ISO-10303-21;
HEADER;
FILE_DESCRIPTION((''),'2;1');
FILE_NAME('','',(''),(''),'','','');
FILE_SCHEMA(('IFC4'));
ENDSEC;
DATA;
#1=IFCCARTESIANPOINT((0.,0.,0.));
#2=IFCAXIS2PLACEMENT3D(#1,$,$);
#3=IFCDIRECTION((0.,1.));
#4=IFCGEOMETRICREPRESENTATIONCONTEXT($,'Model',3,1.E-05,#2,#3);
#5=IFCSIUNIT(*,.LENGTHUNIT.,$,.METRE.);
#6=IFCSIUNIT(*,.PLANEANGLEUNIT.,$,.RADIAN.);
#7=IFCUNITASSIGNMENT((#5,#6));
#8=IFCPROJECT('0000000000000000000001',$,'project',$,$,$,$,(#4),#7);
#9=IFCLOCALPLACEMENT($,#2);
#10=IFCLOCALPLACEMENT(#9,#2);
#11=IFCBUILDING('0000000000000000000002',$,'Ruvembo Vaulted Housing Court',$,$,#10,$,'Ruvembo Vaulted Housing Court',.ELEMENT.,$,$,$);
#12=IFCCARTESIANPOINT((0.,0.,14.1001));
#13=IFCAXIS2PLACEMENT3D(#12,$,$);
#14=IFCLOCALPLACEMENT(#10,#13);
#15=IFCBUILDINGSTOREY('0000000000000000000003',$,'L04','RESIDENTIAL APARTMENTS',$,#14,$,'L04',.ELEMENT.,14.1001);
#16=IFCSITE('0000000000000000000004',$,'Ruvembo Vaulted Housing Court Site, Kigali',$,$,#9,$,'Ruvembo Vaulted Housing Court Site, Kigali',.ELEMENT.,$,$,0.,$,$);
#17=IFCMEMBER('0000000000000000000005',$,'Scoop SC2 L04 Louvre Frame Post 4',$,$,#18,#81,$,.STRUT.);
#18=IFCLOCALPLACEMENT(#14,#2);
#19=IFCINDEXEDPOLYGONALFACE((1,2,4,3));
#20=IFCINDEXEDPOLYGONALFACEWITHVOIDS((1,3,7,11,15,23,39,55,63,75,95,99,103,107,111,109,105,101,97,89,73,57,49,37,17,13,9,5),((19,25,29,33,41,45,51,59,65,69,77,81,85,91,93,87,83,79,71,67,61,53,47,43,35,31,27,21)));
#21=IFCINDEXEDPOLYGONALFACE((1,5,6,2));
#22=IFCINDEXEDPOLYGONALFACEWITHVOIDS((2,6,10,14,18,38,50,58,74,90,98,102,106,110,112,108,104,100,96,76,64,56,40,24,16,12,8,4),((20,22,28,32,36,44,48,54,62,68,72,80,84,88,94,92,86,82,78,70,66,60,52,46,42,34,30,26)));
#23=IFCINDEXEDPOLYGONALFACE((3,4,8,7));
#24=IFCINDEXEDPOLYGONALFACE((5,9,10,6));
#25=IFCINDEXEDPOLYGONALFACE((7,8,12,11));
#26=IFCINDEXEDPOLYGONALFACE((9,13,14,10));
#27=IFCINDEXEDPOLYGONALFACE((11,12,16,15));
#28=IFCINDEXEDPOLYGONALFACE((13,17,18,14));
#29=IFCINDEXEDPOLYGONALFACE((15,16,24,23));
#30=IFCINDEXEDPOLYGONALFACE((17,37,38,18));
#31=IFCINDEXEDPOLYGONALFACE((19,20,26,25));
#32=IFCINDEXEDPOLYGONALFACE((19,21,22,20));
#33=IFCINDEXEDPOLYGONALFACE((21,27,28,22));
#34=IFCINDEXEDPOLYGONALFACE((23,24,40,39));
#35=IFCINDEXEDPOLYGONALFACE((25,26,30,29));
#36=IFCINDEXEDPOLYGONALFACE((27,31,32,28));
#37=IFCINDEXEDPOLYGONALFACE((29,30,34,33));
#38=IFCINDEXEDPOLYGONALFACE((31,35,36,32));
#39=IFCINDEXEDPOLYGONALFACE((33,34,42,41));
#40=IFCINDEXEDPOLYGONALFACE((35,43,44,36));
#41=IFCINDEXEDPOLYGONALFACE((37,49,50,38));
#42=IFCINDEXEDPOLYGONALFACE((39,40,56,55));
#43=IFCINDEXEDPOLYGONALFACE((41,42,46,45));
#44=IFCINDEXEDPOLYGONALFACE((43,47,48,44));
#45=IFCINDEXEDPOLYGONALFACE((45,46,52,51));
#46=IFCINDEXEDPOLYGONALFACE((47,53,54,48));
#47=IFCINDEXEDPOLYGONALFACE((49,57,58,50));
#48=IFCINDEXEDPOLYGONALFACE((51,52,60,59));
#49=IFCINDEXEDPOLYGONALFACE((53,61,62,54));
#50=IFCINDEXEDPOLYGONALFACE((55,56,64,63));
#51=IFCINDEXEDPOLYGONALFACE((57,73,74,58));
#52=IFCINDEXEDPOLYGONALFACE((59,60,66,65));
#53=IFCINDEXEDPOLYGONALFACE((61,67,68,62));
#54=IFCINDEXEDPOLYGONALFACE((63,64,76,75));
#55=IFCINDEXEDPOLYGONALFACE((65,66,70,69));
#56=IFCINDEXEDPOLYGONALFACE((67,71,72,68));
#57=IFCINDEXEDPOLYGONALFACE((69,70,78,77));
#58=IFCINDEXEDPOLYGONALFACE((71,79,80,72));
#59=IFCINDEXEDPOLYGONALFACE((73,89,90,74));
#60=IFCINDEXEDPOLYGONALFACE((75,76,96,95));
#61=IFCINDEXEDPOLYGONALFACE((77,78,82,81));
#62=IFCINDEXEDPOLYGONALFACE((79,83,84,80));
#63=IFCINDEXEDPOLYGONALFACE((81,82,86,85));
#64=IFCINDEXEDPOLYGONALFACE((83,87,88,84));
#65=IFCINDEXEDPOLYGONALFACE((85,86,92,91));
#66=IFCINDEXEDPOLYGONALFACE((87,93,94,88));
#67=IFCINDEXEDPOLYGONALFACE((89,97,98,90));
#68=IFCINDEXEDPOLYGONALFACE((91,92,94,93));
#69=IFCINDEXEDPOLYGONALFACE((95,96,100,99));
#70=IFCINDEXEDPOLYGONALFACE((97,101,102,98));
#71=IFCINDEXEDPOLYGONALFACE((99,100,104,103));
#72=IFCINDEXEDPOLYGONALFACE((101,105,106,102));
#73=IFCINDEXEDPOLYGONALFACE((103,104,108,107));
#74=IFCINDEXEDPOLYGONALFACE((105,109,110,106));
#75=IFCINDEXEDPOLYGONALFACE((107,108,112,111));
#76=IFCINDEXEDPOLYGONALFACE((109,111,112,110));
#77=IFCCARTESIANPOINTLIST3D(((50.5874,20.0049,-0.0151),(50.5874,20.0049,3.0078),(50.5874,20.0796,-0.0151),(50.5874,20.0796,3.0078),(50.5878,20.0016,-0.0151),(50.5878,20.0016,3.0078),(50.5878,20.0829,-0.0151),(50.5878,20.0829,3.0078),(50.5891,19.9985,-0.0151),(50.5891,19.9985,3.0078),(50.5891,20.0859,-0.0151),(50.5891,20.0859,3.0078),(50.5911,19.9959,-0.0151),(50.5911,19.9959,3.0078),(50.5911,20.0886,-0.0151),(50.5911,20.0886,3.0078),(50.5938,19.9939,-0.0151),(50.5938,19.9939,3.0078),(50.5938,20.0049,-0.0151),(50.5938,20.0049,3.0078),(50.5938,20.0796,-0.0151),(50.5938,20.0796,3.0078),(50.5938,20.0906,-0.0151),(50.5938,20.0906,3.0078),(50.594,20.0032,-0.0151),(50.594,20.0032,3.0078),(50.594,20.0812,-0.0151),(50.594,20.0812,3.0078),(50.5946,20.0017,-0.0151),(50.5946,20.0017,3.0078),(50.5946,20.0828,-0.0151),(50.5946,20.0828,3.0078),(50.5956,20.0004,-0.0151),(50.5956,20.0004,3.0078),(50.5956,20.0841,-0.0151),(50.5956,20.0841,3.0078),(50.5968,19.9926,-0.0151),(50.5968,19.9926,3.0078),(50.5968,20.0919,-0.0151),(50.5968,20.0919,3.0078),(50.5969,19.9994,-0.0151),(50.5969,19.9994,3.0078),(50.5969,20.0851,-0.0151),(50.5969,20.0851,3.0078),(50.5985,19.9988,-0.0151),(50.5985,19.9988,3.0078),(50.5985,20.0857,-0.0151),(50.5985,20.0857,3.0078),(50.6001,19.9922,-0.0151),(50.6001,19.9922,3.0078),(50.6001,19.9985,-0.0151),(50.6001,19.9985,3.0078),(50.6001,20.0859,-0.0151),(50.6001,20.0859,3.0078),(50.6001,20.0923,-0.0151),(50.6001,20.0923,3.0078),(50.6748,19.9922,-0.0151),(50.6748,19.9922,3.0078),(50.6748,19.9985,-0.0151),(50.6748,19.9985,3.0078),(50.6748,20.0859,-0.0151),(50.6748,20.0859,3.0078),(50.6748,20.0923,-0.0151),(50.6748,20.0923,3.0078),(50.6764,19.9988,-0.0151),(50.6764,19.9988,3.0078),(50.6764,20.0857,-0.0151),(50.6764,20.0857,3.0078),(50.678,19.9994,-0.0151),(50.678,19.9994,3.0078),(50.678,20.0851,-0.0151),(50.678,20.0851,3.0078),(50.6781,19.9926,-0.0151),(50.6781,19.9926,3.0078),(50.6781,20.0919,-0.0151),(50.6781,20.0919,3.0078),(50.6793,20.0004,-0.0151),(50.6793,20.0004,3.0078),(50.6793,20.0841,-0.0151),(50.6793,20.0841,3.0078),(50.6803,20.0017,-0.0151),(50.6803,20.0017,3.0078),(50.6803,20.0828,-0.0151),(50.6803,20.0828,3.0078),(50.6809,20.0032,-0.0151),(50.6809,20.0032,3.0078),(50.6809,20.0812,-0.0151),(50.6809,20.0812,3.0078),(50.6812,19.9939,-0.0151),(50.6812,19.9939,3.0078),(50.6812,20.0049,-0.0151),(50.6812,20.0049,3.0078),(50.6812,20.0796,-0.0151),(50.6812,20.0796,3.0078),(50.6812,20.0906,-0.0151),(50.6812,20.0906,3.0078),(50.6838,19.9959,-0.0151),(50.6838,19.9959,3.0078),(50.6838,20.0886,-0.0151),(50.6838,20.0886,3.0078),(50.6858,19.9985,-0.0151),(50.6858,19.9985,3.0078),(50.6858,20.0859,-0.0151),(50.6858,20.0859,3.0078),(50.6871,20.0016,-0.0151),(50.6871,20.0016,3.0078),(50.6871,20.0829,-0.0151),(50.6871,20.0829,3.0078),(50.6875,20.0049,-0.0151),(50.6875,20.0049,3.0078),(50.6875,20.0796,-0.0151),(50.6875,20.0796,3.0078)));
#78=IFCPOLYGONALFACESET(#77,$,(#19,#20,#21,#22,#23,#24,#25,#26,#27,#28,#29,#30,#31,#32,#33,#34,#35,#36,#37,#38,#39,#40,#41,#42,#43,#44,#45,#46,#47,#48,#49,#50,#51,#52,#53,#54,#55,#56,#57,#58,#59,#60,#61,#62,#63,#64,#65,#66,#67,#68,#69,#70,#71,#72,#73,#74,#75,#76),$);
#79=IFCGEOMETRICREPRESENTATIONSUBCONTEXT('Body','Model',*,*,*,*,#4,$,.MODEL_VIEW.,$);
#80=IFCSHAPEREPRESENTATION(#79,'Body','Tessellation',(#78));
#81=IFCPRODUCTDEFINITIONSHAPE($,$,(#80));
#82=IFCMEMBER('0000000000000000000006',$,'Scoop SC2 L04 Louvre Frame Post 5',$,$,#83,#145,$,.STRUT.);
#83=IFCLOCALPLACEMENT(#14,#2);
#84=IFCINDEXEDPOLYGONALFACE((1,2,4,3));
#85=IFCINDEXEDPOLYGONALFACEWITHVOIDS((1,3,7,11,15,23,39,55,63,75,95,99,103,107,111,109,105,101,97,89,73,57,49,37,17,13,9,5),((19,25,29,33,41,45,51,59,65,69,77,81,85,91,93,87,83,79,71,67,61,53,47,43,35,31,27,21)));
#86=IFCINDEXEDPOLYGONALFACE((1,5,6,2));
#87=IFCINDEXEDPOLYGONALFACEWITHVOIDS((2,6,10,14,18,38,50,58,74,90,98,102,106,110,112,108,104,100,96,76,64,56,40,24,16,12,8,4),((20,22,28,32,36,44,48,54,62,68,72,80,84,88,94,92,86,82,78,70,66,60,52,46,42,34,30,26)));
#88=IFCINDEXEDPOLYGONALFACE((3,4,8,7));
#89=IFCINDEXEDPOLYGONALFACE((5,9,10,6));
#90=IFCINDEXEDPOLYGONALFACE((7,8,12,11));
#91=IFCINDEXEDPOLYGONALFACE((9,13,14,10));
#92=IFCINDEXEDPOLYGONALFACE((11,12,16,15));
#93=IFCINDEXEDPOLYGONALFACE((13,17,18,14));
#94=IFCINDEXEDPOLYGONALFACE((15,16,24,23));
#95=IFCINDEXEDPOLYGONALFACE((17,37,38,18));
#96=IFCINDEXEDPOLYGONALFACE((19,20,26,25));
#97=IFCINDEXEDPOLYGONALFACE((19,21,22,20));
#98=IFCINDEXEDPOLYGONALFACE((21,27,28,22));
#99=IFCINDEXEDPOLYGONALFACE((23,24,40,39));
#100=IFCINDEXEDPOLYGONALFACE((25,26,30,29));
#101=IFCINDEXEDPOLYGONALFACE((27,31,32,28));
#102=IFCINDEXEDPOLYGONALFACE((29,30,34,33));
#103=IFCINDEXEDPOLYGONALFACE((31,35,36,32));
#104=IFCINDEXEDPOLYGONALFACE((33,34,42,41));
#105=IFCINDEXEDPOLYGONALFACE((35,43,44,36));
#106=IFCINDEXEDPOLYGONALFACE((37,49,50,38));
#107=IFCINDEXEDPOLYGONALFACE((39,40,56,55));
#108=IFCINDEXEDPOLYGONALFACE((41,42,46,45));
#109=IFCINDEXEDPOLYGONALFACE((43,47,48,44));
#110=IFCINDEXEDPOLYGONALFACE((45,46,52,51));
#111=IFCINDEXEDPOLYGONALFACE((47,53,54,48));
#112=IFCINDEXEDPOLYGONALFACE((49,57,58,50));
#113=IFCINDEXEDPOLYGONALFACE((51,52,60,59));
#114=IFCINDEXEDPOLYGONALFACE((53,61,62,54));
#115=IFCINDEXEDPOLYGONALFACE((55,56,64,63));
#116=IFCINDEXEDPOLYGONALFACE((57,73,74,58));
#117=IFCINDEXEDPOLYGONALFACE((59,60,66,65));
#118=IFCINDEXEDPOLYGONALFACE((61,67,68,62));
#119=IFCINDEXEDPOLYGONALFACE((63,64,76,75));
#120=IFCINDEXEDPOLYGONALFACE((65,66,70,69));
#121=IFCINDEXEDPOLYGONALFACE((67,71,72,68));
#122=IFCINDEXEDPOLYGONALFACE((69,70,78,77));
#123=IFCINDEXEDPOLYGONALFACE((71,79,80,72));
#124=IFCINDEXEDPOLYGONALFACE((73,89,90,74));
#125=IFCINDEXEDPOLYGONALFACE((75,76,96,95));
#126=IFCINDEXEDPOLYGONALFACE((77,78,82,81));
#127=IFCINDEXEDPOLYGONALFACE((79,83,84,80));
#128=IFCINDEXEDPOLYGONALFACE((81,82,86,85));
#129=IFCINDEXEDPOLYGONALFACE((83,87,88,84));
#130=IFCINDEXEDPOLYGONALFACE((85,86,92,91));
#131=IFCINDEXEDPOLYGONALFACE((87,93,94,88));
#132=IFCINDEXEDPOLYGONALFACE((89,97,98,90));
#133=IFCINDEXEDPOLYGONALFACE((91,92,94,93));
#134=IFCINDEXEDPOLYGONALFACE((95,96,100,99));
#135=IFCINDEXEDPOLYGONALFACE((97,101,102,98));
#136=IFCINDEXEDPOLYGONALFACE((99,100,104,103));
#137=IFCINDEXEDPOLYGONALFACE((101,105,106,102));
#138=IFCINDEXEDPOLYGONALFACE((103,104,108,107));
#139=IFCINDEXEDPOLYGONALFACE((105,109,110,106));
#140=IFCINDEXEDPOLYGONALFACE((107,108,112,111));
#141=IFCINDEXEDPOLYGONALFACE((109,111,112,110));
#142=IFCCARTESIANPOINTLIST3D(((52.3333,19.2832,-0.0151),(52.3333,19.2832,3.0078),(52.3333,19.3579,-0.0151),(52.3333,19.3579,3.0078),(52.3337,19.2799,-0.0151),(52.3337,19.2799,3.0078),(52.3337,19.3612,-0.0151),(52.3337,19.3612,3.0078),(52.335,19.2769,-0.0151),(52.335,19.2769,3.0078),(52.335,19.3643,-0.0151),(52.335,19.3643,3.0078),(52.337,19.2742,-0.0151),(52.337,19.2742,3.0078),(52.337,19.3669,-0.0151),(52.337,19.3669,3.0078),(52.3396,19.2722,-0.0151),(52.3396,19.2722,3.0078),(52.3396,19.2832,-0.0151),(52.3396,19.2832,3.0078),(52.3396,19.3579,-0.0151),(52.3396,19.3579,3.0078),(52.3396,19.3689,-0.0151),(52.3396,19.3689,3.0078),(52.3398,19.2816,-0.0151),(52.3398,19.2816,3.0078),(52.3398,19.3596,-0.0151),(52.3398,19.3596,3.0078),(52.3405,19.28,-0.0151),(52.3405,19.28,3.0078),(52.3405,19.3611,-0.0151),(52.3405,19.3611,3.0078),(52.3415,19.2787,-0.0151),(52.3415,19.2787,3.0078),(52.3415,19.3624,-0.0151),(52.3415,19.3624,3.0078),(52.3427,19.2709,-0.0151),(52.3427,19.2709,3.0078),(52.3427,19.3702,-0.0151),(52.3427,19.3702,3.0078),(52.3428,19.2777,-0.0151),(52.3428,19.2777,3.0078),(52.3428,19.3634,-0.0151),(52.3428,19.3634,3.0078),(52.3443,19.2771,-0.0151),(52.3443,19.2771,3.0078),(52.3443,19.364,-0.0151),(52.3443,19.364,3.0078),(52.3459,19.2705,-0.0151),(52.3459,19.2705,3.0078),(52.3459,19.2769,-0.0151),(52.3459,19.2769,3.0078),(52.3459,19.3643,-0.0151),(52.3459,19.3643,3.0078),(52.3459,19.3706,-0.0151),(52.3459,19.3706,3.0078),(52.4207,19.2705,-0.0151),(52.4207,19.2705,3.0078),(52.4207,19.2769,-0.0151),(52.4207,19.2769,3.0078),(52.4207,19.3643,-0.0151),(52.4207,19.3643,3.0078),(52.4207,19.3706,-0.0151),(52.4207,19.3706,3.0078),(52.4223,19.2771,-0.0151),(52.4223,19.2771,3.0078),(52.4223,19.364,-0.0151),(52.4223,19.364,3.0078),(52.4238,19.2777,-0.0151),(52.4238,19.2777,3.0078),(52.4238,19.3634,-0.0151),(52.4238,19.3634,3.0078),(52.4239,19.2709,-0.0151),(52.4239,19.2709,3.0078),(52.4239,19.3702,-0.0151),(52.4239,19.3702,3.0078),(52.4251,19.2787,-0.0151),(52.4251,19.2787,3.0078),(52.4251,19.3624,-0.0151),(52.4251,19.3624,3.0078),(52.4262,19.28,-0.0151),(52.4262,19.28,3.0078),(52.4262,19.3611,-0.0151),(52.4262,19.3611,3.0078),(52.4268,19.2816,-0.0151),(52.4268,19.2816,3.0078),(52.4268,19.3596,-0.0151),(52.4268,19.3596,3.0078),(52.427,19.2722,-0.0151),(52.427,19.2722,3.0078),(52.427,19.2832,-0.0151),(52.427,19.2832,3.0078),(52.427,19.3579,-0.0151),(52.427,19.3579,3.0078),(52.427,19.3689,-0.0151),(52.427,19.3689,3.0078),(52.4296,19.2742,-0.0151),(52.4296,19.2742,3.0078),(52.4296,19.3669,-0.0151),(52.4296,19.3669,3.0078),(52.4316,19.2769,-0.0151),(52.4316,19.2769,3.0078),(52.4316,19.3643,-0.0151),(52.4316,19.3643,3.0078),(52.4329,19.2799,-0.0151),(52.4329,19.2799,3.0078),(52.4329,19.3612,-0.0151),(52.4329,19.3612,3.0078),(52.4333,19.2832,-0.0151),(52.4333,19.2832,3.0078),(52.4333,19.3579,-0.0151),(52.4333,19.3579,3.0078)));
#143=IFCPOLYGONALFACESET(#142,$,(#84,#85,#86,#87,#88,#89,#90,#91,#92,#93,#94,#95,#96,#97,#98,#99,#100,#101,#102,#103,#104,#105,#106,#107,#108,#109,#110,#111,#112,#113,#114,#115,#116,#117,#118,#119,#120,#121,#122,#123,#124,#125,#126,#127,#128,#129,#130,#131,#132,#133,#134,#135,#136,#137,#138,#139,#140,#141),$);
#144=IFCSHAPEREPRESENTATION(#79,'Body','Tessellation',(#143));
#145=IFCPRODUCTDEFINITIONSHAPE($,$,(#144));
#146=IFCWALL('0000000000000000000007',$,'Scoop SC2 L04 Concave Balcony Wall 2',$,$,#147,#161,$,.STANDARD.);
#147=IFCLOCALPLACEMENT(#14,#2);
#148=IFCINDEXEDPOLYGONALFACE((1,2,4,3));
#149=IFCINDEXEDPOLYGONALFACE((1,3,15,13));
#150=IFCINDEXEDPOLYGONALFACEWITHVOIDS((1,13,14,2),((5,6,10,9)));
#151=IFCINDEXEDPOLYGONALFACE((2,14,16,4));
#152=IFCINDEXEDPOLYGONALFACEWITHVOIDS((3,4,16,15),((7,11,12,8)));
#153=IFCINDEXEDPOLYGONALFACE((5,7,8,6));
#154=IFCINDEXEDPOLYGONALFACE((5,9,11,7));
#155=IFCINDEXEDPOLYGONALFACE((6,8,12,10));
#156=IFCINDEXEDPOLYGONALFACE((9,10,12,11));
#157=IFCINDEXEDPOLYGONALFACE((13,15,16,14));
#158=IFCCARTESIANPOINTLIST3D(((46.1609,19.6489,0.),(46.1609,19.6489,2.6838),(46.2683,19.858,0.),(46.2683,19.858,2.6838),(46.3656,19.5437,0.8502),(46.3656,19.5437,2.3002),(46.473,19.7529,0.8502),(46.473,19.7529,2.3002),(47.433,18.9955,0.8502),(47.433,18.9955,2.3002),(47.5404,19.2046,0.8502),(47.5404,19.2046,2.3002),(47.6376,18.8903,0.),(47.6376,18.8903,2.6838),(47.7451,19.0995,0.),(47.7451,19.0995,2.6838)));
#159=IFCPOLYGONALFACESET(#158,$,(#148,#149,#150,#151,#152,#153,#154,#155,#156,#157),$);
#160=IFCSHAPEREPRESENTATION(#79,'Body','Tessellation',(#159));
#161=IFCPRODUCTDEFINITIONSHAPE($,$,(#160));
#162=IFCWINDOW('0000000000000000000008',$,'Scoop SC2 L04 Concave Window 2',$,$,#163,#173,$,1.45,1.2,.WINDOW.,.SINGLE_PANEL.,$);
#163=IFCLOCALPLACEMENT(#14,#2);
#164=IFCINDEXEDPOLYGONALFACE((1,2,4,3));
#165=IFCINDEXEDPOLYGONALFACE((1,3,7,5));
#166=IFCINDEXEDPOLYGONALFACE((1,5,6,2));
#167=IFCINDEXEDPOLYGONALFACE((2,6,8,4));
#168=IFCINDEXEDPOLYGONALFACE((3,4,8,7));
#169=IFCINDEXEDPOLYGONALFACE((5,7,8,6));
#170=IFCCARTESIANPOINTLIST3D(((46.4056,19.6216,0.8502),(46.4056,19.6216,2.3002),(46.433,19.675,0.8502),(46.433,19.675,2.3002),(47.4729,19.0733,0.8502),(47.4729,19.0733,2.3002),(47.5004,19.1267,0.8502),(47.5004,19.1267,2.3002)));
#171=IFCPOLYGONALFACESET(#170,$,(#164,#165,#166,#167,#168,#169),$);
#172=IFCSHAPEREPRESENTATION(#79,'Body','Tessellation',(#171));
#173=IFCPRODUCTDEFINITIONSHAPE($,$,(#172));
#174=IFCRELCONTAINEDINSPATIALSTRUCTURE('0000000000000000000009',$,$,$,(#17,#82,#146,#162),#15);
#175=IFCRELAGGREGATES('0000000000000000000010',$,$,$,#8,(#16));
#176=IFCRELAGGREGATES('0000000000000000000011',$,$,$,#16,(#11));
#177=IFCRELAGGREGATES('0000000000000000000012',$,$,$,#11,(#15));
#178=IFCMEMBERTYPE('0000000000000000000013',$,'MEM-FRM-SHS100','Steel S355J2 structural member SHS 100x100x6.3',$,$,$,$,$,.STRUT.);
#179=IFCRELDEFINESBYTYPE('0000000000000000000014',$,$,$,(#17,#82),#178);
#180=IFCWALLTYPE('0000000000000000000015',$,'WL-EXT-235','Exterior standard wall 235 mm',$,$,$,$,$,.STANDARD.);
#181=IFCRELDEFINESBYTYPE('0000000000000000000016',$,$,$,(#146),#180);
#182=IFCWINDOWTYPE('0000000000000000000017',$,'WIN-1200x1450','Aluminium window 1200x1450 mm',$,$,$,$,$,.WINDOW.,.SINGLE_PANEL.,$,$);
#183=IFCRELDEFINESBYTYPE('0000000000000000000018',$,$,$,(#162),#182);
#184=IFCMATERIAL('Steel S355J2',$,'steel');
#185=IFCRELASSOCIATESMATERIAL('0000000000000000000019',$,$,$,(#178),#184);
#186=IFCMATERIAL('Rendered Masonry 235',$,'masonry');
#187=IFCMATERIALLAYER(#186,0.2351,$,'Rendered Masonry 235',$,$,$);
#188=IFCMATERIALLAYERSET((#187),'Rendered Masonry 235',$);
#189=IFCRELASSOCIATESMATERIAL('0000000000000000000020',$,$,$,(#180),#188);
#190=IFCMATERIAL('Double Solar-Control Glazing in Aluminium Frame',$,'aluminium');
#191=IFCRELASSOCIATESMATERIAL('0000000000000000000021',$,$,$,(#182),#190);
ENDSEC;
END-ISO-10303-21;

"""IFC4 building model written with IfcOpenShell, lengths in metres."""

from ifc_helpers import new_model, si_unit, direction, frame, frame_2d, origin, origin_2d, place, context, subcontext, project, spatial, rectangle, hollow_rectangle, extrude, material, layer, layer_set, material_profile, profile_set, type_object, element, fill, save


model = new_model("IFC4")

# Units and contexts
model_context = context("Model", 3, precision=1e-05, world=origin(), true_north=direction((0.0, 1.0)))
body_context = subcontext(model_context, "Body", "Model", "MODEL_VIEW")
ifc_project = project(units=[si_unit("LENGTHUNIT", "METRE"), si_unit("PLANEANGLEUNIT", "RADIAN")], contexts=[model_context])

# Site, building, storey
site_placement = place(None, origin())
site = spatial("IfcSite", under=ifc_project, at=site_placement, Name="Ruvembo Vaulted Housing Court Site, Kigali", LongName="Ruvembo Vaulted Housing Court Site, Kigali", CompositionType="ELEMENT", RefElevation=0.0)
building_placement = place(site_placement, origin())
building = spatial("IfcBuilding", under=site, at=building_placement, Name="Ruvembo Vaulted Housing Court", LongName="Ruvembo Vaulted Housing Court", CompositionType="ELEMENT")
storey_placement = place(building_placement, frame((0.0, 0.0, 14.1001)))
storey = spatial("IfcBuildingStorey", under=building, at=storey_placement, Name="L04", Description="RESIDENTIAL APARTMENTS", LongName="L04", CompositionType="ELEMENT", Elevation=14.1001)

# Shared definitions
ifc_material_1 = material(Name="Steel S355J2", Category="steel")

# Members
ifc_material_profile_1 = material_profile(ifc_material_1, hollow_rectangle(XDim=0.1001, YDim=0.1001, WallThickness=0.0063, InnerFilletRadius=0.0063, OuterFilletRadius=0.0127, at=origin_2d()), Name="SHS 100x100x6.3")
ifc_profile_set_1 = profile_set([ifc_material_profile_1], Name="Steel S355J2")
member_type_1 = type_object("IfcMemberType", Name="MEM-FRM-SHS100", Description="Steel S355J2 structural member SHS 100x100x6.3", PredefinedType="STRUT", material=ifc_profile_set_1)
for number, where, z_axis, x_axis, name in (
    (1, (50.6375, 20.0422, -0.0151), (0.0, 0.0, 1.0), (1.0, 0.0, 0.0), "Scoop SC2 L04 Louvre Frame Post 4"),
    (2, (52.3833, 19.3206, -0.0151), (0.0, 0.0, 1.0), (1.0, 0.0, 0.0), "Scoop SC2 L04 Louvre Frame Post 5"),
):
    element("IfcMember", number, at=place(storey_placement, frame(where, z_axis=z_axis, x_axis=x_axis)), inside=storey, type_object=member_type_1, Name=name, PredefinedType="STRUT", context=body_context, shape_type="SweptSolid", body=[
        extrude(hollow_rectangle(XDim=0.1001, YDim=0.1001, WallThickness=0.0063, InnerFilletRadius=0.0063, OuterFilletRadius=0.0127, at=origin_2d()), origin(), (0.0, 0.0, 1.0), 3.0229),
    ])

# Wall, opening, window
ifc_material_2 = material(Name="Rendered Masonry 235", Category="masonry")
ifc_layer_1 = layer(ifc_material_2, 0.2351, Name="Rendered Masonry 235")
ifc_layer_set_1 = layer_set([ifc_layer_1], Name="Rendered Masonry 235")
wall_type_1 = type_object("IfcWallType", Name="WL-EXT-235", Description="Exterior standard wall 235 mm", PredefinedType="STANDARD", material=ifc_layer_set_1)
wall_1_placement = place(storey_placement, frame((46.2146, 19.7534, 0.0), z_axis=(0.0, 0.0, 1.0), x_axis=(0.889522, -0.456893, 0.0)))
wall_1 = element("IfcWall", 3, at=wall_1_placement, inside=storey, type_object=wall_type_1, Name="Scoop SC2 L04 Concave Balcony Wall 2", PredefinedType="STANDARD", context=body_context, shape_type="SweptSolid", body=[
    extrude(rectangle(XDim=1.6602, YDim=0.2351, at=frame_2d((0.8301, 0.0))), origin(), (0.0, 0.0, 1.0), 2.6838),
])
opening_1_placement = place(wall_1_placement, frame((0.23, 0.0, 0.8501)))
opening_1 = element("IfcOpeningElement", 4, at=opening_1_placement, cuts=wall_1, PredefinedType="OPENING", context=body_context, shape_type="SweptSolid", body=[
    extrude(rectangle(XDim=1.2, YDim=1.45, at=frame_2d((0.6001, 0.7251))), frame((0.0, 0.1274, 0.0), z_axis=(0.0, -1.0, 0.0), x_axis=(1.0, 0.0, 0.0)), (0.0, 0.0, 1.0), 0.2551),
])
ifc_material_3 = material(Name="Double Solar-Control Glazing in Aluminium Frame", Category="aluminium")
window_type_1 = type_object("IfcWindowType", Name="WIN-1200x1450", Description="Aluminium window 1200x1450 mm", PartitioningType="SINGLE_PANEL", PredefinedType="WINDOW", material=ifc_material_3)
window_1_placement = place(opening_1_placement, origin())
window_1 = element("IfcWindow", 5, at=window_1_placement, inside=storey, type_object=window_type_1, Name="Scoop SC2 L04 Concave Window 2", OverallHeight=1.45, OverallWidth=1.2, PartitioningType="SINGLE_PANEL", PredefinedType="WINDOW", context=body_context, shape_type="SweptSolid", body=[
    extrude(rectangle(XDim=1.2, YDim=1.45, at=frame_2d((0.6001, 0.7251))), frame((0.0, 0.03, 0.0), z_axis=(0.0, -1.0, 0.0), x_axis=(1.0, 0.0, 0.0)), (0.0, 0.0, 1.0), 0.0601),
])
fill(opening_1, window_1)

save(model, "model.ifc")
